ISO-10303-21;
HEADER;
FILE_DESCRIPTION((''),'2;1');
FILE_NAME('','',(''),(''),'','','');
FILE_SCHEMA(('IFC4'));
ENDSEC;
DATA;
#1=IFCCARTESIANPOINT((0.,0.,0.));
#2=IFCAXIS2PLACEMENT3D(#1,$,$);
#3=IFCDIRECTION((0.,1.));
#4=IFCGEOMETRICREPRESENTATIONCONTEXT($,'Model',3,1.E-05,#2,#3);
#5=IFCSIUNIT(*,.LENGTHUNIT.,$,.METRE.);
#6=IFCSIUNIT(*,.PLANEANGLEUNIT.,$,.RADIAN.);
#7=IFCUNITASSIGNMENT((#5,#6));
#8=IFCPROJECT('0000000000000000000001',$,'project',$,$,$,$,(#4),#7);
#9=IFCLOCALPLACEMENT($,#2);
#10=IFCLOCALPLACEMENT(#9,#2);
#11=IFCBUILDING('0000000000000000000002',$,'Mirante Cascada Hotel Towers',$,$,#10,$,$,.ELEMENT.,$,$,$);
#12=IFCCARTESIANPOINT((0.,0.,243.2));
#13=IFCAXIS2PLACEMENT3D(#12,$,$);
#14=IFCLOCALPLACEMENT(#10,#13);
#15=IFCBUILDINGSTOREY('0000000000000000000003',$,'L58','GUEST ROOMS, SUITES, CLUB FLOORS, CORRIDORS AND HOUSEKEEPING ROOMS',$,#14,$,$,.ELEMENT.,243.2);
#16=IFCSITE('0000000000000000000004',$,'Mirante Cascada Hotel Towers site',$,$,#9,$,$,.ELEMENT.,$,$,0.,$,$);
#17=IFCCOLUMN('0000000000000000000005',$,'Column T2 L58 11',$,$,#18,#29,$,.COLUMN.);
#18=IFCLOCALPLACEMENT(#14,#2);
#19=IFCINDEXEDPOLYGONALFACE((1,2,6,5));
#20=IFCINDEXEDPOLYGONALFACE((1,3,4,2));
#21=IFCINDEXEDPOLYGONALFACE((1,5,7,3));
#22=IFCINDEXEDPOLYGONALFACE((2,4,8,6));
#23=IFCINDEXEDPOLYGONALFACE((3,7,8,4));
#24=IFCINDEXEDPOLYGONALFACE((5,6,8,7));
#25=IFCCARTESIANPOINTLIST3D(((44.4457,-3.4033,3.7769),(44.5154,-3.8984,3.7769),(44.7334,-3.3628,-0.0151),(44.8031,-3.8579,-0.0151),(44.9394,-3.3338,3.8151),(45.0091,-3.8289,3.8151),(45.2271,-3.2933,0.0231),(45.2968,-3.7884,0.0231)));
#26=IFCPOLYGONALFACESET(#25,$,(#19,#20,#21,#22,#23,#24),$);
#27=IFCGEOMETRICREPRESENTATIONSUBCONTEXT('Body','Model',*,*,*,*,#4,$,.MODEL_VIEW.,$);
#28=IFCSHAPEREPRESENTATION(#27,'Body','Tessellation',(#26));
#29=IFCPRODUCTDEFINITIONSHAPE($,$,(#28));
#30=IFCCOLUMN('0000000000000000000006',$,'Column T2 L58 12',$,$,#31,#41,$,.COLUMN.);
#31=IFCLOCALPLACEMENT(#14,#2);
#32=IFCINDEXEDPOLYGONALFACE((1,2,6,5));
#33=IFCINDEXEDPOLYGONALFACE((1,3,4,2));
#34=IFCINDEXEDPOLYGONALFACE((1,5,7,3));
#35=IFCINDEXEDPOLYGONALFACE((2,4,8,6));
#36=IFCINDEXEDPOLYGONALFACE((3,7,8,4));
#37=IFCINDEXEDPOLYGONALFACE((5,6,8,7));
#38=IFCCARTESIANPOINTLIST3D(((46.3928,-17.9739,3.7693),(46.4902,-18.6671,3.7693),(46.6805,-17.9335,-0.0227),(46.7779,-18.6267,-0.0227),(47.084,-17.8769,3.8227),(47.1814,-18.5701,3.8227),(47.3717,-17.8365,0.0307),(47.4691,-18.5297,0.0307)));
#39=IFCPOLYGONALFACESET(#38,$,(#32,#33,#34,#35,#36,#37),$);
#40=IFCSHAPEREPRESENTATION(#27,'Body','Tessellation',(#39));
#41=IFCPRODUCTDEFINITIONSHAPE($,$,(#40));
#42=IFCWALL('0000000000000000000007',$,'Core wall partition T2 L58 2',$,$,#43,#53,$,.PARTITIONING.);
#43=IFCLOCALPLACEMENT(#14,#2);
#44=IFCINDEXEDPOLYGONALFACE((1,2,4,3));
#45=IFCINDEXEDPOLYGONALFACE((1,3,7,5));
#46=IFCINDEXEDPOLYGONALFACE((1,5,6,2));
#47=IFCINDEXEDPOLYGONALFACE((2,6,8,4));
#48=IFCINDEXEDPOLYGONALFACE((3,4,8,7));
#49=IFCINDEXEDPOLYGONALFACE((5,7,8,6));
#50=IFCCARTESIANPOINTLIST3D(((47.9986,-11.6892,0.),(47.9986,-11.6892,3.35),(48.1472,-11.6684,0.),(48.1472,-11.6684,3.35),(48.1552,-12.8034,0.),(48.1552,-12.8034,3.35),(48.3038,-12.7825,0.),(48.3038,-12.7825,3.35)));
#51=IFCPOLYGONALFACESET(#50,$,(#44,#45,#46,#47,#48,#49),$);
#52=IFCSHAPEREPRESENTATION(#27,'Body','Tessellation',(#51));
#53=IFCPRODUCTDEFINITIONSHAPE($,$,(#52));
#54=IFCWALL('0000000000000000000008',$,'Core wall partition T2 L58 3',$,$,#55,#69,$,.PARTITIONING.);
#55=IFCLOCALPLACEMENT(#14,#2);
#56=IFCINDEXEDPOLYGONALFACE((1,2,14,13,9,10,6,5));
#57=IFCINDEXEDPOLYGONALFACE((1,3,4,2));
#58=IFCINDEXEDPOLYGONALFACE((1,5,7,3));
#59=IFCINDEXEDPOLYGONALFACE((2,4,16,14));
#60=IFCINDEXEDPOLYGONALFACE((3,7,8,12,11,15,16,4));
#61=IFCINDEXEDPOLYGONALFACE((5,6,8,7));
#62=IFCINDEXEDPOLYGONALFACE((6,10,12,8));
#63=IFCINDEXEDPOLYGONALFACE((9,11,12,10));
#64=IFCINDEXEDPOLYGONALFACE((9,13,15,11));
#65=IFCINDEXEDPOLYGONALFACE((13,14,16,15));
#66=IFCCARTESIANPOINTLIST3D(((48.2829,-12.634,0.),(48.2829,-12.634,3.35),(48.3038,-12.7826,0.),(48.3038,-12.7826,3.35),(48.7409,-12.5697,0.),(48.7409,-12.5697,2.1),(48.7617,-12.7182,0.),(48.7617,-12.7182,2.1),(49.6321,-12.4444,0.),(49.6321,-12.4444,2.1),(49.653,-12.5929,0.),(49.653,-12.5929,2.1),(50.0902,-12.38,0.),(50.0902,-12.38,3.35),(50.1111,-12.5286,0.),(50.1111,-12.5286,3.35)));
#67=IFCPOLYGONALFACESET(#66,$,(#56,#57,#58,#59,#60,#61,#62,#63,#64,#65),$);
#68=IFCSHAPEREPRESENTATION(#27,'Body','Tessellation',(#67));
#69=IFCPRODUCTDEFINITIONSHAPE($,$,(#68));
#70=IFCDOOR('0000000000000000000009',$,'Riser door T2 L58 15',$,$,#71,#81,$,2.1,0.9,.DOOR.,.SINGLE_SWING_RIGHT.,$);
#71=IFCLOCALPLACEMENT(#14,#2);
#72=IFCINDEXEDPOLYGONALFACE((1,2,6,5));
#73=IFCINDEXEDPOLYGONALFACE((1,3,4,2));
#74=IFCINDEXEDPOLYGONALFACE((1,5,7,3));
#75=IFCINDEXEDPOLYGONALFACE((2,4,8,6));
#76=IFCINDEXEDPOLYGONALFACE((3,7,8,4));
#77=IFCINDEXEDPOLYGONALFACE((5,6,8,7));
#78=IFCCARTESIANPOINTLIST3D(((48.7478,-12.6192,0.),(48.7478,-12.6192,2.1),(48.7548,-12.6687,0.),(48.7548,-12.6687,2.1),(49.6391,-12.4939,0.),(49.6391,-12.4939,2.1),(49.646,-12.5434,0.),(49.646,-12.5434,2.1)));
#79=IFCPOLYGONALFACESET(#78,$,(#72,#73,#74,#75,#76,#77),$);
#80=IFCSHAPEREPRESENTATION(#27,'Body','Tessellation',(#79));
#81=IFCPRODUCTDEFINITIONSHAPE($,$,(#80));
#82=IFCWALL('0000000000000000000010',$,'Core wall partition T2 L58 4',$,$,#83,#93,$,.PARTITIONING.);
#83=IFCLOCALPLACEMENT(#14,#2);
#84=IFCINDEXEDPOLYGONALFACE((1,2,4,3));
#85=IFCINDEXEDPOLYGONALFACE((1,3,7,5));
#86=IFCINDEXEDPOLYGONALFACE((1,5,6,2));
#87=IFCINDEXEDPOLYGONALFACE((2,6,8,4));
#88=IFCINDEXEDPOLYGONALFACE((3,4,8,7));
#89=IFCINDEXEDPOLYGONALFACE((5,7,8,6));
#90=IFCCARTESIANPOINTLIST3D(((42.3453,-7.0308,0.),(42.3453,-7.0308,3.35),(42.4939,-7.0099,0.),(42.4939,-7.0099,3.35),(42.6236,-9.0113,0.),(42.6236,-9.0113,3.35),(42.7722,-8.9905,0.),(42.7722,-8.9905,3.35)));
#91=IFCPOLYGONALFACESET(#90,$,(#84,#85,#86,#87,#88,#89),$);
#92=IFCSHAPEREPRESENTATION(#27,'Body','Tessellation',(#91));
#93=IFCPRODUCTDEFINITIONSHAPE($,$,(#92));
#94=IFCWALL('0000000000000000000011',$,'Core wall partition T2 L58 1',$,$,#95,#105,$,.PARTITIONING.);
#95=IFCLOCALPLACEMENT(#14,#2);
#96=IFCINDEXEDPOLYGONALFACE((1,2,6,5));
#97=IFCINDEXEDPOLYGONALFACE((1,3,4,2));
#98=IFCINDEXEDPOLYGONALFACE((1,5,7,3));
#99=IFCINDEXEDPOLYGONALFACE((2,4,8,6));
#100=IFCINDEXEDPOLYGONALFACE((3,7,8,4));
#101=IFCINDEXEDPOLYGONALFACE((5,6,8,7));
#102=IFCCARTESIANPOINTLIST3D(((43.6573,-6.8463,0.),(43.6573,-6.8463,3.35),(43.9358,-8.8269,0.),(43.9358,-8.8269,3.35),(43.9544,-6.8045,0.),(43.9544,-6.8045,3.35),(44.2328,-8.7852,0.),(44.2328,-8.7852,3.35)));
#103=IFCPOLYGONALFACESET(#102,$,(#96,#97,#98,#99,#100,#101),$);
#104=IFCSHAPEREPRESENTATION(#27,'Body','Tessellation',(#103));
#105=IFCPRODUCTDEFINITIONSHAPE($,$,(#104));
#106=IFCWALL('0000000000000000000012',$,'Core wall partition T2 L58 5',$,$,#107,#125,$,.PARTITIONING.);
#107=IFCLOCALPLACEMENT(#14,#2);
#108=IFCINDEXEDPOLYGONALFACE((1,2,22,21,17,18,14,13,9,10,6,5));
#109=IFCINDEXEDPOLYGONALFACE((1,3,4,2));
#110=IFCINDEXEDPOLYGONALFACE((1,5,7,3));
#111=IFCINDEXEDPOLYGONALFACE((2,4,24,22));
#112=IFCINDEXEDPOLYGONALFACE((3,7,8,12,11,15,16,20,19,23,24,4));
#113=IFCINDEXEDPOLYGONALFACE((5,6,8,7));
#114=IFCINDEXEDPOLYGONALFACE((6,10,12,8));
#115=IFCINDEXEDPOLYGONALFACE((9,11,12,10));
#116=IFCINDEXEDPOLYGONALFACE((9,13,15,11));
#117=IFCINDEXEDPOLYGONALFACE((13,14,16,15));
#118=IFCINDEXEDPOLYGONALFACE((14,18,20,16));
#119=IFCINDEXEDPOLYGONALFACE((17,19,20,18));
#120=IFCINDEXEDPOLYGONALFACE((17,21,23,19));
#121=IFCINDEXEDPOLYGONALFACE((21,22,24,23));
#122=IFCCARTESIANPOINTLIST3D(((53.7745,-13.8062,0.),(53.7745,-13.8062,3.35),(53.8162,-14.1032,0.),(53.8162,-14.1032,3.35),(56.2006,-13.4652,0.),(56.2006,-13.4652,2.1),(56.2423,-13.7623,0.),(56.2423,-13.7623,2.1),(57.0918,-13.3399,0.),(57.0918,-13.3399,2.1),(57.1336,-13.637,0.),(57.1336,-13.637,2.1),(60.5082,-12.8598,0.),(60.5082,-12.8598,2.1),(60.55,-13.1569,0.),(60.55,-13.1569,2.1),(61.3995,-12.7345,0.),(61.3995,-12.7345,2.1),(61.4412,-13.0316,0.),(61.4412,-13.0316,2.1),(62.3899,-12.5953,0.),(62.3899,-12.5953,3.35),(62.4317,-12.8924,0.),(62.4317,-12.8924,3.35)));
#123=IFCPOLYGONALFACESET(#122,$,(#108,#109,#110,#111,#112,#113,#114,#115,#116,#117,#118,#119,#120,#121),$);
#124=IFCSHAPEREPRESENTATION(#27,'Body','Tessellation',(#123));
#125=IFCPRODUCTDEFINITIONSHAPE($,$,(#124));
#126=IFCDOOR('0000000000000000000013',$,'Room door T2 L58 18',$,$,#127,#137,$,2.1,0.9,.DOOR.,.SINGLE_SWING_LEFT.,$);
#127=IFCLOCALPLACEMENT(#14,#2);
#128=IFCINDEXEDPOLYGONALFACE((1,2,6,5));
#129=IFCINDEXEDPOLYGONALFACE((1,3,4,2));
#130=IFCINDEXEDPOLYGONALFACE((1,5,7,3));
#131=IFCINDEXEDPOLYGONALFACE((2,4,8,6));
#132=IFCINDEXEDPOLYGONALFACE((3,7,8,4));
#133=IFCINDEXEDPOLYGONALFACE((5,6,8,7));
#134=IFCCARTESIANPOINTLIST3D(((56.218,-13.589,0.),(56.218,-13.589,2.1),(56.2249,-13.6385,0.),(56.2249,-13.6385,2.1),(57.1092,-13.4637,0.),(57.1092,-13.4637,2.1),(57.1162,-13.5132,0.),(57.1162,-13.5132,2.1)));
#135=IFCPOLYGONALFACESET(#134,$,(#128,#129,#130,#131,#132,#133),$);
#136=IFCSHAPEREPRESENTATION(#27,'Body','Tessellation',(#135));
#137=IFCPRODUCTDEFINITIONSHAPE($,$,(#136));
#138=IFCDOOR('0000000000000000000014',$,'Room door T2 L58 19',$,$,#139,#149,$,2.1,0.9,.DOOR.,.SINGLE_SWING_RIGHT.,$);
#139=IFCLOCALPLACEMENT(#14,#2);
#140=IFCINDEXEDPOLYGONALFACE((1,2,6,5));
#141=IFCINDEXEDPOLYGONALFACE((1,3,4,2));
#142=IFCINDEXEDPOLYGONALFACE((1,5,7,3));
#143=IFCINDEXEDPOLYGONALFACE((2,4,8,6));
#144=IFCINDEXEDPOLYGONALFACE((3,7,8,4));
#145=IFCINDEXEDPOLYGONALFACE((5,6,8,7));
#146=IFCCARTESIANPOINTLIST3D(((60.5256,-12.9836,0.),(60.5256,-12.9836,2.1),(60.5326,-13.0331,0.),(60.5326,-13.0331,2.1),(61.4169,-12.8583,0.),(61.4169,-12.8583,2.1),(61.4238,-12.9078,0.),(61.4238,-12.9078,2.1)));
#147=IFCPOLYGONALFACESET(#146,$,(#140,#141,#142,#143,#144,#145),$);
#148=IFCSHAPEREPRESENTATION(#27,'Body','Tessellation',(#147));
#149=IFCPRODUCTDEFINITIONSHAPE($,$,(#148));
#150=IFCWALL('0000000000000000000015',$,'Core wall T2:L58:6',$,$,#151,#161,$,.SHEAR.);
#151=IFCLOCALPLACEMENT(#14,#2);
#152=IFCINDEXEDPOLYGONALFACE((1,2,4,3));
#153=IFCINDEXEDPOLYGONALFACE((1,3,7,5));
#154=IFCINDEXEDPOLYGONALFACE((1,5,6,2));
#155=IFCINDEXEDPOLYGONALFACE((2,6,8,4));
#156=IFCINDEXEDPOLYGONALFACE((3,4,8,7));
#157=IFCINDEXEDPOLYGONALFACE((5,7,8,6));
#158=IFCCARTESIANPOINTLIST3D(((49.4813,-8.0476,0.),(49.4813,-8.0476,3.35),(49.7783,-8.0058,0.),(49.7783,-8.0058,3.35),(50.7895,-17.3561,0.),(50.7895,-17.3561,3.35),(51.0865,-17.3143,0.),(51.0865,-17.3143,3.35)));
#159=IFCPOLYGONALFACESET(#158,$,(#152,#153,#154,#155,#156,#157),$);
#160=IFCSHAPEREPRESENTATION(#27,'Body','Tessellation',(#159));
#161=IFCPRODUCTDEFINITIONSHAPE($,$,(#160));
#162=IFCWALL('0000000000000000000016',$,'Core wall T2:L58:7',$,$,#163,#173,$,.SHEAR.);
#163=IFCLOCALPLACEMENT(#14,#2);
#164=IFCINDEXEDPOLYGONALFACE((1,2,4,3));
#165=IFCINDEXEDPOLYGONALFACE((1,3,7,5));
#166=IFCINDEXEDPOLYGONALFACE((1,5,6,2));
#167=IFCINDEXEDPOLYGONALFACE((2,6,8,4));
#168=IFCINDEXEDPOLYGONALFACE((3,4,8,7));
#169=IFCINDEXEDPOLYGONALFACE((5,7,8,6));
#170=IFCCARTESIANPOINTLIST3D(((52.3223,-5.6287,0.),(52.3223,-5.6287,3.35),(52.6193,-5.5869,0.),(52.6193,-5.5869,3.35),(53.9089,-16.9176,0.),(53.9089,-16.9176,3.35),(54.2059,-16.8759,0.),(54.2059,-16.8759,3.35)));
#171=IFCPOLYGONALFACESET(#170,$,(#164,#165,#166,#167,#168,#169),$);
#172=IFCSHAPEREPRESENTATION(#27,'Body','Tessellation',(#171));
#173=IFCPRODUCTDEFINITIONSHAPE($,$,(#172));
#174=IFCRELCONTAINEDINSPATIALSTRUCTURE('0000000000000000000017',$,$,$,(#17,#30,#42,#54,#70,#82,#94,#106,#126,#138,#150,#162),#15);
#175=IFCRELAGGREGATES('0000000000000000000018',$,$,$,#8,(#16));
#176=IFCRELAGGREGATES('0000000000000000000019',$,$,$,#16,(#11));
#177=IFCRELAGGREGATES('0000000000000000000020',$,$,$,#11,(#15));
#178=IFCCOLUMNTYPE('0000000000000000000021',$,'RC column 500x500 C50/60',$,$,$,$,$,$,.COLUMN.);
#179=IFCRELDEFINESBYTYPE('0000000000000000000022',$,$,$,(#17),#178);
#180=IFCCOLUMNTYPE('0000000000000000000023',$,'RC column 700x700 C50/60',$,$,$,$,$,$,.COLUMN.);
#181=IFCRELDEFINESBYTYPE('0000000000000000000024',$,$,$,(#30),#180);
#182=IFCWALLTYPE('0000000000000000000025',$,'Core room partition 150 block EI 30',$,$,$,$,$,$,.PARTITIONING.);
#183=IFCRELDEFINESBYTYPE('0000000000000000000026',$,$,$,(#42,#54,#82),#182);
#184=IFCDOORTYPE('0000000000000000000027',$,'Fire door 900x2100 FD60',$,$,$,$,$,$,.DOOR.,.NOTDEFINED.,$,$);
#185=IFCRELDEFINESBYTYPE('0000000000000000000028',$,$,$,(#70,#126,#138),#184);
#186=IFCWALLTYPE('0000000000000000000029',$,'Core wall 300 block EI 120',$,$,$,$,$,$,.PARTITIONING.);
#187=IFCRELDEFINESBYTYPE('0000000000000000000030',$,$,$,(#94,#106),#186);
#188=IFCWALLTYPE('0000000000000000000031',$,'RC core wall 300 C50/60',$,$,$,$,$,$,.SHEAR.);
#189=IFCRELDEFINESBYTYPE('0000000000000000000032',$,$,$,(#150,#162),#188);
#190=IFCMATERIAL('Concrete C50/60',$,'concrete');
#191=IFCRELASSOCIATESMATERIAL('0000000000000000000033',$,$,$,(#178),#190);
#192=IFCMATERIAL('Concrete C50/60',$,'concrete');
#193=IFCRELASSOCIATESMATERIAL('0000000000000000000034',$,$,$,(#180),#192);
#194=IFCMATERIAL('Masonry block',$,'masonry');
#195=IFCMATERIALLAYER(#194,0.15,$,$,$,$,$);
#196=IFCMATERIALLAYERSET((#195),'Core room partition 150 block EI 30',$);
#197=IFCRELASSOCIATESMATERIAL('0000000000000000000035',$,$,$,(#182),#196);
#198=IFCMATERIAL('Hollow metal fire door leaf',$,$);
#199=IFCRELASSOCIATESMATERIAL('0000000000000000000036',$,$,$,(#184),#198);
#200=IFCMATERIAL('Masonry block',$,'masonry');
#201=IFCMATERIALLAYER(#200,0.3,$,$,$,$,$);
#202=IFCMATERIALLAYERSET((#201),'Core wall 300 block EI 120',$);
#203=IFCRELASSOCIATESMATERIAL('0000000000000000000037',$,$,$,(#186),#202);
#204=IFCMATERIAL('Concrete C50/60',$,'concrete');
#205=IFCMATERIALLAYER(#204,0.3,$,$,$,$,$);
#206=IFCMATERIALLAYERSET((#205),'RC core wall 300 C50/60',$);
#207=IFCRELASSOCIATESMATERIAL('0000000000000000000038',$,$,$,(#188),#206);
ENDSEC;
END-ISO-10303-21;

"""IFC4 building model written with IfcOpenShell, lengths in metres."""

from ifc_helpers import new_model, si_unit, direction, frame, frame_2d, origin, origin_2d, place, context, subcontext, project, spatial, rectangle, extrude, material, layer, layer_set, material_profile, profile_set, type_object, element, fill, save


model = new_model("IFC4")

# Units and contexts
model_context = context("Model", 3, precision=1e-05, world=origin(), true_north=direction((0.0, 1.0)))
body_context = subcontext(model_context, "Body", "Model", "MODEL_VIEW")
ifc_project = project(units=[si_unit("LENGTHUNIT", "METRE"), si_unit("PLANEANGLEUNIT", "RADIAN")], contexts=[model_context])

# Site, building, storey
site_placement = place(None, origin())
site = spatial("IfcSite", under=ifc_project, at=site_placement, Name="Mirante Cascada Hotel Towers site", CompositionType="ELEMENT", RefElevation=0.0)
building_placement = place(site_placement, origin())
building = spatial("IfcBuilding", under=site, at=building_placement, Name="Mirante Cascada Hotel Towers", CompositionType="ELEMENT")
storey_placement = place(building_placement, frame((0.0, 0.0, 243.2)))
storey = spatial("IfcBuildingStorey", under=building, at=storey_placement, Name="L58", Description="GUEST ROOMS, SUITES, CLUB FLOORS, CORRIDORS AND HOUSEKEEPING ROOMS", CompositionType="ELEMENT", Elevation=243.2)

# Columns
ifc_material_1 = material(Name="Concrete C50/60", Category="concrete")
ifc_material_profile_1 = material_profile(ifc_material_1, rectangle(XDim=0.5, YDim=0.5, at=origin_2d()), Name="RC column 500x500 C50/60")
ifc_profile_set_1 = profile_set([ifc_material_profile_1], Name="Concrete C50/60")
column_type_1 = type_object("IfcColumnType", Name="RC column 500x500 C50/60", PredefinedType="COLUMN", material=ifc_profile_set_1)
column_1_placement = place(storey_placement, frame((45.0151, -3.5756, 0.004), z_axis=(-0.075648, -0.010649, 0.997078), x_axis=(0.139397, -0.990236, 0.0)))
element("IfcColumn", 1, at=column_1_placement, inside=storey, type_object=column_type_1, Name="Column T2 L58 11", PredefinedType="COLUMN", context=body_context, shape_type="SweptSolid", body=[
    extrude(rectangle(XDim=0.5, YDim=0.5, at=origin_2d()), origin(), (0.0, 0.0, 1.0), 3.8031),
])
ifc_material_2 = material(Name="Concrete C50/60", Category="concrete")
ifc_material_profile_2 = material_profile(ifc_material_2, rectangle(XDim=0.7, YDim=0.7, at=origin_2d()), Name="RC column 700x700 C50/60")
ifc_profile_set_2 = profile_set([ifc_material_profile_2], Name="Concrete C50/60")
column_type_2 = type_object("IfcColumnType", Name="RC column 700x700 C50/60", PredefinedType="COLUMN", material=ifc_profile_set_2)
column_2_placement = place(storey_placement, frame((47.0748, -18.2316, 0.004), z_axis=(-0.075649, -0.010623, 0.997078), x_axis=(0.13906, -0.990284, 0.0)))
element("IfcColumn", 2, at=column_2_placement, inside=storey, type_object=column_type_2, Name="Column T2 L58 12", PredefinedType="COLUMN", context=body_context, shape_type="SweptSolid", body=[
    extrude(rectangle(XDim=0.7, YDim=0.7, at=origin_2d()), origin(), (0.0, 0.0, 1.0), 3.8031),
])

# Wall
ifc_material_3 = material(Name="Masonry block", Category="masonry")
ifc_layer_1 = layer(ifc_material_3, 0.15)
ifc_layer_set_1 = layer_set([ifc_layer_1], Name="Core room partition 150 block EI 30")
wall_type_1 = type_object("IfcWallType", Name="Core room partition 150 block EI 30", PredefinedType="PARTITIONING", material=ifc_layer_set_1)
wall_1_placement = place(storey_placement, frame((48.2295, -12.793, 0.0), z_axis=(0.0, 0.0, 1.0), x_axis=(-0.139193, 0.990265, 0.0)))
element("IfcWall", 3, at=wall_1_placement, inside=storey, type_object=wall_type_1, Name="Core wall partition T2 L58 2", PredefinedType="PARTITIONING", context=body_context, shape_type="SweptSolid", body=[
    extrude(rectangle(XDim=1.1251, YDim=0.15, at=frame_2d((0.5626, 0.0))), origin(), (0.0, 0.0, 1.0), 3.35),
])

# Wall, opening, door
wall_2_placement = place(storey_placement, frame((48.2933, -12.7083, 0.0), z_axis=(0.0, 0.0, 1.0), x_axis=(0.990268, 0.139173, 0.0)))
wall_2 = element("IfcWall", 4, at=wall_2_placement, inside=storey, type_object=wall_type_1, Name="Core wall partition T2 L58 3", PredefinedType="PARTITIONING", context=body_context, shape_type="SweptSolid", body=[
    extrude(rectangle(XDim=1.8251, YDim=0.15, at=frame_2d((0.9126, 0.0))), origin(), (0.0, 0.0, 1.0), 3.35),
])
opening_1_placement = place(wall_2_placement, frame((0.4625, 0.0, 0.0)))
opening_1 = element("IfcOpeningElement", 5, at=opening_1_placement, cuts=wall_2, PredefinedType="OPENING", context=body_context, shape_type="SweptSolid", body=[
    extrude(rectangle(XDim=0.9, YDim=2.1, at=frame_2d((0.45, 1.05))), frame((0.0, 0.075, 0.0), z_axis=(0.0, -1.0, 0.0), x_axis=(1.0, 0.0, 0.0)), (0.0, 0.0, 1.0), 0.15),
])
ifc_material_4 = material(Name="Hollow metal fire door leaf")
door_type_1 = type_object("IfcDoorType", Name="Fire door 900x2100 FD60", OperationType="NOTDEFINED", PredefinedType="DOOR", material=ifc_material_4)
door_1_placement = place(opening_1_placement, frame((0.9, 0.0, 0.0), z_axis=(0.0, 0.0, 1.0), x_axis=(-1.0, 0.0, 0.0)))
door_1 = element("IfcDoor", 6, at=door_1_placement, inside=storey, type_object=door_type_1, Name="Riser door T2 L58 15", OperationType="SINGLE_SWING_RIGHT", OverallHeight=2.1, OverallWidth=0.9, PredefinedType="DOOR", context=body_context, shape_type="SweptSolid", body=[
    extrude(rectangle(XDim=0.9, YDim=2.1, at=frame_2d((0.45, 1.05))), frame((0.0, 0.025, 0.0), z_axis=(0.0, -1.0, 0.0), x_axis=(1.0, 0.0, 0.0)), (0.0, 0.0, 1.0), 0.05),
])
fill(opening_1, door_1)

# Walls
wall_3_placement = place(storey_placement, frame((42.6979, -9.0009, 0.0), z_axis=(0.0, 0.0, 1.0), x_axis=(-0.139153, 0.990271, 0.0)))
element("IfcWall", 7, at=wall_3_placement, inside=storey, type_object=wall_type_1, Name="Core wall partition T2 L58 4", PredefinedType="PARTITIONING", context=body_context, shape_type="SweptSolid", body=[
    extrude(rectangle(XDim=2.0, YDim=0.15, at=frame_2d((1.0, 0.0))), origin(), (0.0, 0.0, 1.0), 3.35),
])
ifc_material_5 = material(Name="Masonry block", Category="masonry")
ifc_layer_2 = layer(ifc_material_5, 0.3)
ifc_layer_set_2 = layer_set([ifc_layer_2], Name="Core wall 300 block EI 120")
wall_type_2 = type_object("IfcWallType", Name="Core wall 300 block EI 120", PredefinedType="PARTITIONING", material=ifc_layer_set_2)
wall_4_placement = place(storey_placement, frame((44.0843, -8.8061, 0.0), z_axis=(0.0, 0.0, 1.0), x_axis=(-0.139195, 0.990265, 0.0)))
element("IfcWall", 8, at=wall_4_placement, inside=storey, type_object=wall_type_2, Name="Core wall partition T2 L58 1", PredefinedType="PARTITIONING", context=body_context, shape_type="SweptSolid", body=[
    extrude(rectangle(XDim=2.0001, YDim=0.3, at=frame_2d((1.0001, 0.0))), origin(), (0.0, 0.0, 1.0), 3.35),
])

# Wall, openings, doors
wall_5_placement = place(storey_placement, frame((53.7953, -13.9547, 0.0), z_axis=(0.0, 0.0, 1.0), x_axis=(0.990268, 0.139171, 0.0)))
wall_5 = element("IfcWall", 9, at=wall_5_placement, inside=storey, type_object=wall_type_2, Name="Core wall partition T2 L58 5", PredefinedType="PARTITIONING", context=body_context, shape_type="SweptSolid", body=[
    extrude(rectangle(XDim=8.7001, YDim=0.3, at=frame_2d((4.3501, 0.0))), origin(), (0.0, 0.0, 1.0), 3.35),
])
opening_2_placement = place(wall_5_placement, frame((2.45, 0.0, 0.0)))
opening_2 = element("IfcOpeningElement", 10, at=opening_2_placement, cuts=wall_5, PredefinedType="OPENING", context=body_context, shape_type="SweptSolid", body=[
    extrude(rectangle(XDim=0.9, YDim=2.1, at=frame_2d((0.45, 1.05))), frame((0.0, 0.15, 0.0), z_axis=(0.0, -1.0, 0.0), x_axis=(1.0, 0.0, 0.0)), (0.0, 0.0, 1.0), 0.3),
])
opening_3_placement = place(wall_5_placement, frame((6.8, 0.0, 0.0)))
opening_3 = element("IfcOpeningElement", 11, at=opening_3_placement, cuts=wall_5, PredefinedType="OPENING", context=body_context, shape_type="SweptSolid", body=[
    extrude(rectangle(XDim=0.9, YDim=2.1, at=frame_2d((0.45, 1.05))), frame((0.0, 0.15, 0.0), z_axis=(0.0, -1.0, 0.0), x_axis=(1.0, 0.0, 0.0)), (0.0, 0.0, 1.0), 0.3),
])
door_2_placement = place(opening_2_placement, frame((0.9, 0.0, 0.0), z_axis=(0.0, 0.0, 1.0), x_axis=(-1.0, 0.0, 0.0)))
door_2 = element("IfcDoor", 12, at=door_2_placement, inside=storey, type_object=door_type_1, Name="Room door T2 L58 18", OperationType="SINGLE_SWING_LEFT", OverallHeight=2.1, OverallWidth=0.9, PredefinedType="DOOR", context=body_context, shape_type="SweptSolid", body=[
    extrude(rectangle(XDim=0.9, YDim=2.1, at=frame_2d((0.45, 1.05))), frame((0.0, 0.025, 0.0), z_axis=(0.0, -1.0, 0.0), x_axis=(1.0, 0.0, 0.0)), (0.0, 0.0, 1.0), 0.05),
])
fill(opening_2, door_2)
door_3_placement = place(opening_3_placement, frame((0.9, 0.0, 0.0), z_axis=(0.0, 0.0, 1.0), x_axis=(-1.0, 0.0, 0.0)))
door_3 = element("IfcDoor", 13, at=door_3_placement, inside=storey, type_object=door_type_1, Name="Room door T2 L58 19", OperationType="SINGLE_SWING_RIGHT", OverallHeight=2.1, OverallWidth=0.9, PredefinedType="DOOR", context=body_context, shape_type="SweptSolid", body=[
    extrude(rectangle(XDim=0.9, YDim=2.1, at=frame_2d((0.45, 1.05))), frame((0.0, 0.025, 0.0), z_axis=(0.0, -1.0, 0.0), x_axis=(1.0, 0.0, 0.0)), (0.0, 0.0, 1.0), 0.05),
])
fill(opening_3, door_3)

# Walls
ifc_material_6 = material(Name="Concrete C50/60", Category="concrete")
ifc_layer_3 = layer(ifc_material_6, 0.3)
ifc_layer_set_3 = layer_set([ifc_layer_3], Name="RC core wall 300 C50/60")
wall_type_3 = type_object("IfcWallType", Name="RC core wall 300 C50/60", PredefinedType="SHEAR", material=ifc_layer_set_3)
wall_6_placement = place(storey_placement, frame((50.938, -17.3352, 0.0), z_axis=(0.0, 0.0, 1.0), x_axis=(-0.139171, 0.990268, 0.0)))
element("IfcWall", 14, at=wall_6_placement, inside=storey, type_object=wall_type_3, Name="Core wall T2:L58:6", PredefinedType="SHEAR", context=body_context, shape_type="SweptSolid", body=[
    extrude(rectangle(XDim=9.4, YDim=0.3, at=frame_2d((4.7, 0.0))), origin(), (0.0, 0.0, 1.0), 3.35),
])
wall_7_placement = place(storey_placement, frame((54.0574, -16.8968, 0.0), z_axis=(0.0, 0.0, 1.0), x_axis=(-0.139176, 0.990268, 0.0)))
element("IfcWall", 15, at=wall_7_placement, inside=storey, type_object=wall_type_3, Name="Core wall T2:L58:7", PredefinedType="SHEAR", context=body_context, shape_type="SweptSolid", body=[
    extrude(rectangle(XDim=11.3999, YDim=0.3, at=frame_2d((5.7, 0.0))), origin(), (0.0, 0.0, 1.0), 3.35),
])

save(model, "model.ifc")
